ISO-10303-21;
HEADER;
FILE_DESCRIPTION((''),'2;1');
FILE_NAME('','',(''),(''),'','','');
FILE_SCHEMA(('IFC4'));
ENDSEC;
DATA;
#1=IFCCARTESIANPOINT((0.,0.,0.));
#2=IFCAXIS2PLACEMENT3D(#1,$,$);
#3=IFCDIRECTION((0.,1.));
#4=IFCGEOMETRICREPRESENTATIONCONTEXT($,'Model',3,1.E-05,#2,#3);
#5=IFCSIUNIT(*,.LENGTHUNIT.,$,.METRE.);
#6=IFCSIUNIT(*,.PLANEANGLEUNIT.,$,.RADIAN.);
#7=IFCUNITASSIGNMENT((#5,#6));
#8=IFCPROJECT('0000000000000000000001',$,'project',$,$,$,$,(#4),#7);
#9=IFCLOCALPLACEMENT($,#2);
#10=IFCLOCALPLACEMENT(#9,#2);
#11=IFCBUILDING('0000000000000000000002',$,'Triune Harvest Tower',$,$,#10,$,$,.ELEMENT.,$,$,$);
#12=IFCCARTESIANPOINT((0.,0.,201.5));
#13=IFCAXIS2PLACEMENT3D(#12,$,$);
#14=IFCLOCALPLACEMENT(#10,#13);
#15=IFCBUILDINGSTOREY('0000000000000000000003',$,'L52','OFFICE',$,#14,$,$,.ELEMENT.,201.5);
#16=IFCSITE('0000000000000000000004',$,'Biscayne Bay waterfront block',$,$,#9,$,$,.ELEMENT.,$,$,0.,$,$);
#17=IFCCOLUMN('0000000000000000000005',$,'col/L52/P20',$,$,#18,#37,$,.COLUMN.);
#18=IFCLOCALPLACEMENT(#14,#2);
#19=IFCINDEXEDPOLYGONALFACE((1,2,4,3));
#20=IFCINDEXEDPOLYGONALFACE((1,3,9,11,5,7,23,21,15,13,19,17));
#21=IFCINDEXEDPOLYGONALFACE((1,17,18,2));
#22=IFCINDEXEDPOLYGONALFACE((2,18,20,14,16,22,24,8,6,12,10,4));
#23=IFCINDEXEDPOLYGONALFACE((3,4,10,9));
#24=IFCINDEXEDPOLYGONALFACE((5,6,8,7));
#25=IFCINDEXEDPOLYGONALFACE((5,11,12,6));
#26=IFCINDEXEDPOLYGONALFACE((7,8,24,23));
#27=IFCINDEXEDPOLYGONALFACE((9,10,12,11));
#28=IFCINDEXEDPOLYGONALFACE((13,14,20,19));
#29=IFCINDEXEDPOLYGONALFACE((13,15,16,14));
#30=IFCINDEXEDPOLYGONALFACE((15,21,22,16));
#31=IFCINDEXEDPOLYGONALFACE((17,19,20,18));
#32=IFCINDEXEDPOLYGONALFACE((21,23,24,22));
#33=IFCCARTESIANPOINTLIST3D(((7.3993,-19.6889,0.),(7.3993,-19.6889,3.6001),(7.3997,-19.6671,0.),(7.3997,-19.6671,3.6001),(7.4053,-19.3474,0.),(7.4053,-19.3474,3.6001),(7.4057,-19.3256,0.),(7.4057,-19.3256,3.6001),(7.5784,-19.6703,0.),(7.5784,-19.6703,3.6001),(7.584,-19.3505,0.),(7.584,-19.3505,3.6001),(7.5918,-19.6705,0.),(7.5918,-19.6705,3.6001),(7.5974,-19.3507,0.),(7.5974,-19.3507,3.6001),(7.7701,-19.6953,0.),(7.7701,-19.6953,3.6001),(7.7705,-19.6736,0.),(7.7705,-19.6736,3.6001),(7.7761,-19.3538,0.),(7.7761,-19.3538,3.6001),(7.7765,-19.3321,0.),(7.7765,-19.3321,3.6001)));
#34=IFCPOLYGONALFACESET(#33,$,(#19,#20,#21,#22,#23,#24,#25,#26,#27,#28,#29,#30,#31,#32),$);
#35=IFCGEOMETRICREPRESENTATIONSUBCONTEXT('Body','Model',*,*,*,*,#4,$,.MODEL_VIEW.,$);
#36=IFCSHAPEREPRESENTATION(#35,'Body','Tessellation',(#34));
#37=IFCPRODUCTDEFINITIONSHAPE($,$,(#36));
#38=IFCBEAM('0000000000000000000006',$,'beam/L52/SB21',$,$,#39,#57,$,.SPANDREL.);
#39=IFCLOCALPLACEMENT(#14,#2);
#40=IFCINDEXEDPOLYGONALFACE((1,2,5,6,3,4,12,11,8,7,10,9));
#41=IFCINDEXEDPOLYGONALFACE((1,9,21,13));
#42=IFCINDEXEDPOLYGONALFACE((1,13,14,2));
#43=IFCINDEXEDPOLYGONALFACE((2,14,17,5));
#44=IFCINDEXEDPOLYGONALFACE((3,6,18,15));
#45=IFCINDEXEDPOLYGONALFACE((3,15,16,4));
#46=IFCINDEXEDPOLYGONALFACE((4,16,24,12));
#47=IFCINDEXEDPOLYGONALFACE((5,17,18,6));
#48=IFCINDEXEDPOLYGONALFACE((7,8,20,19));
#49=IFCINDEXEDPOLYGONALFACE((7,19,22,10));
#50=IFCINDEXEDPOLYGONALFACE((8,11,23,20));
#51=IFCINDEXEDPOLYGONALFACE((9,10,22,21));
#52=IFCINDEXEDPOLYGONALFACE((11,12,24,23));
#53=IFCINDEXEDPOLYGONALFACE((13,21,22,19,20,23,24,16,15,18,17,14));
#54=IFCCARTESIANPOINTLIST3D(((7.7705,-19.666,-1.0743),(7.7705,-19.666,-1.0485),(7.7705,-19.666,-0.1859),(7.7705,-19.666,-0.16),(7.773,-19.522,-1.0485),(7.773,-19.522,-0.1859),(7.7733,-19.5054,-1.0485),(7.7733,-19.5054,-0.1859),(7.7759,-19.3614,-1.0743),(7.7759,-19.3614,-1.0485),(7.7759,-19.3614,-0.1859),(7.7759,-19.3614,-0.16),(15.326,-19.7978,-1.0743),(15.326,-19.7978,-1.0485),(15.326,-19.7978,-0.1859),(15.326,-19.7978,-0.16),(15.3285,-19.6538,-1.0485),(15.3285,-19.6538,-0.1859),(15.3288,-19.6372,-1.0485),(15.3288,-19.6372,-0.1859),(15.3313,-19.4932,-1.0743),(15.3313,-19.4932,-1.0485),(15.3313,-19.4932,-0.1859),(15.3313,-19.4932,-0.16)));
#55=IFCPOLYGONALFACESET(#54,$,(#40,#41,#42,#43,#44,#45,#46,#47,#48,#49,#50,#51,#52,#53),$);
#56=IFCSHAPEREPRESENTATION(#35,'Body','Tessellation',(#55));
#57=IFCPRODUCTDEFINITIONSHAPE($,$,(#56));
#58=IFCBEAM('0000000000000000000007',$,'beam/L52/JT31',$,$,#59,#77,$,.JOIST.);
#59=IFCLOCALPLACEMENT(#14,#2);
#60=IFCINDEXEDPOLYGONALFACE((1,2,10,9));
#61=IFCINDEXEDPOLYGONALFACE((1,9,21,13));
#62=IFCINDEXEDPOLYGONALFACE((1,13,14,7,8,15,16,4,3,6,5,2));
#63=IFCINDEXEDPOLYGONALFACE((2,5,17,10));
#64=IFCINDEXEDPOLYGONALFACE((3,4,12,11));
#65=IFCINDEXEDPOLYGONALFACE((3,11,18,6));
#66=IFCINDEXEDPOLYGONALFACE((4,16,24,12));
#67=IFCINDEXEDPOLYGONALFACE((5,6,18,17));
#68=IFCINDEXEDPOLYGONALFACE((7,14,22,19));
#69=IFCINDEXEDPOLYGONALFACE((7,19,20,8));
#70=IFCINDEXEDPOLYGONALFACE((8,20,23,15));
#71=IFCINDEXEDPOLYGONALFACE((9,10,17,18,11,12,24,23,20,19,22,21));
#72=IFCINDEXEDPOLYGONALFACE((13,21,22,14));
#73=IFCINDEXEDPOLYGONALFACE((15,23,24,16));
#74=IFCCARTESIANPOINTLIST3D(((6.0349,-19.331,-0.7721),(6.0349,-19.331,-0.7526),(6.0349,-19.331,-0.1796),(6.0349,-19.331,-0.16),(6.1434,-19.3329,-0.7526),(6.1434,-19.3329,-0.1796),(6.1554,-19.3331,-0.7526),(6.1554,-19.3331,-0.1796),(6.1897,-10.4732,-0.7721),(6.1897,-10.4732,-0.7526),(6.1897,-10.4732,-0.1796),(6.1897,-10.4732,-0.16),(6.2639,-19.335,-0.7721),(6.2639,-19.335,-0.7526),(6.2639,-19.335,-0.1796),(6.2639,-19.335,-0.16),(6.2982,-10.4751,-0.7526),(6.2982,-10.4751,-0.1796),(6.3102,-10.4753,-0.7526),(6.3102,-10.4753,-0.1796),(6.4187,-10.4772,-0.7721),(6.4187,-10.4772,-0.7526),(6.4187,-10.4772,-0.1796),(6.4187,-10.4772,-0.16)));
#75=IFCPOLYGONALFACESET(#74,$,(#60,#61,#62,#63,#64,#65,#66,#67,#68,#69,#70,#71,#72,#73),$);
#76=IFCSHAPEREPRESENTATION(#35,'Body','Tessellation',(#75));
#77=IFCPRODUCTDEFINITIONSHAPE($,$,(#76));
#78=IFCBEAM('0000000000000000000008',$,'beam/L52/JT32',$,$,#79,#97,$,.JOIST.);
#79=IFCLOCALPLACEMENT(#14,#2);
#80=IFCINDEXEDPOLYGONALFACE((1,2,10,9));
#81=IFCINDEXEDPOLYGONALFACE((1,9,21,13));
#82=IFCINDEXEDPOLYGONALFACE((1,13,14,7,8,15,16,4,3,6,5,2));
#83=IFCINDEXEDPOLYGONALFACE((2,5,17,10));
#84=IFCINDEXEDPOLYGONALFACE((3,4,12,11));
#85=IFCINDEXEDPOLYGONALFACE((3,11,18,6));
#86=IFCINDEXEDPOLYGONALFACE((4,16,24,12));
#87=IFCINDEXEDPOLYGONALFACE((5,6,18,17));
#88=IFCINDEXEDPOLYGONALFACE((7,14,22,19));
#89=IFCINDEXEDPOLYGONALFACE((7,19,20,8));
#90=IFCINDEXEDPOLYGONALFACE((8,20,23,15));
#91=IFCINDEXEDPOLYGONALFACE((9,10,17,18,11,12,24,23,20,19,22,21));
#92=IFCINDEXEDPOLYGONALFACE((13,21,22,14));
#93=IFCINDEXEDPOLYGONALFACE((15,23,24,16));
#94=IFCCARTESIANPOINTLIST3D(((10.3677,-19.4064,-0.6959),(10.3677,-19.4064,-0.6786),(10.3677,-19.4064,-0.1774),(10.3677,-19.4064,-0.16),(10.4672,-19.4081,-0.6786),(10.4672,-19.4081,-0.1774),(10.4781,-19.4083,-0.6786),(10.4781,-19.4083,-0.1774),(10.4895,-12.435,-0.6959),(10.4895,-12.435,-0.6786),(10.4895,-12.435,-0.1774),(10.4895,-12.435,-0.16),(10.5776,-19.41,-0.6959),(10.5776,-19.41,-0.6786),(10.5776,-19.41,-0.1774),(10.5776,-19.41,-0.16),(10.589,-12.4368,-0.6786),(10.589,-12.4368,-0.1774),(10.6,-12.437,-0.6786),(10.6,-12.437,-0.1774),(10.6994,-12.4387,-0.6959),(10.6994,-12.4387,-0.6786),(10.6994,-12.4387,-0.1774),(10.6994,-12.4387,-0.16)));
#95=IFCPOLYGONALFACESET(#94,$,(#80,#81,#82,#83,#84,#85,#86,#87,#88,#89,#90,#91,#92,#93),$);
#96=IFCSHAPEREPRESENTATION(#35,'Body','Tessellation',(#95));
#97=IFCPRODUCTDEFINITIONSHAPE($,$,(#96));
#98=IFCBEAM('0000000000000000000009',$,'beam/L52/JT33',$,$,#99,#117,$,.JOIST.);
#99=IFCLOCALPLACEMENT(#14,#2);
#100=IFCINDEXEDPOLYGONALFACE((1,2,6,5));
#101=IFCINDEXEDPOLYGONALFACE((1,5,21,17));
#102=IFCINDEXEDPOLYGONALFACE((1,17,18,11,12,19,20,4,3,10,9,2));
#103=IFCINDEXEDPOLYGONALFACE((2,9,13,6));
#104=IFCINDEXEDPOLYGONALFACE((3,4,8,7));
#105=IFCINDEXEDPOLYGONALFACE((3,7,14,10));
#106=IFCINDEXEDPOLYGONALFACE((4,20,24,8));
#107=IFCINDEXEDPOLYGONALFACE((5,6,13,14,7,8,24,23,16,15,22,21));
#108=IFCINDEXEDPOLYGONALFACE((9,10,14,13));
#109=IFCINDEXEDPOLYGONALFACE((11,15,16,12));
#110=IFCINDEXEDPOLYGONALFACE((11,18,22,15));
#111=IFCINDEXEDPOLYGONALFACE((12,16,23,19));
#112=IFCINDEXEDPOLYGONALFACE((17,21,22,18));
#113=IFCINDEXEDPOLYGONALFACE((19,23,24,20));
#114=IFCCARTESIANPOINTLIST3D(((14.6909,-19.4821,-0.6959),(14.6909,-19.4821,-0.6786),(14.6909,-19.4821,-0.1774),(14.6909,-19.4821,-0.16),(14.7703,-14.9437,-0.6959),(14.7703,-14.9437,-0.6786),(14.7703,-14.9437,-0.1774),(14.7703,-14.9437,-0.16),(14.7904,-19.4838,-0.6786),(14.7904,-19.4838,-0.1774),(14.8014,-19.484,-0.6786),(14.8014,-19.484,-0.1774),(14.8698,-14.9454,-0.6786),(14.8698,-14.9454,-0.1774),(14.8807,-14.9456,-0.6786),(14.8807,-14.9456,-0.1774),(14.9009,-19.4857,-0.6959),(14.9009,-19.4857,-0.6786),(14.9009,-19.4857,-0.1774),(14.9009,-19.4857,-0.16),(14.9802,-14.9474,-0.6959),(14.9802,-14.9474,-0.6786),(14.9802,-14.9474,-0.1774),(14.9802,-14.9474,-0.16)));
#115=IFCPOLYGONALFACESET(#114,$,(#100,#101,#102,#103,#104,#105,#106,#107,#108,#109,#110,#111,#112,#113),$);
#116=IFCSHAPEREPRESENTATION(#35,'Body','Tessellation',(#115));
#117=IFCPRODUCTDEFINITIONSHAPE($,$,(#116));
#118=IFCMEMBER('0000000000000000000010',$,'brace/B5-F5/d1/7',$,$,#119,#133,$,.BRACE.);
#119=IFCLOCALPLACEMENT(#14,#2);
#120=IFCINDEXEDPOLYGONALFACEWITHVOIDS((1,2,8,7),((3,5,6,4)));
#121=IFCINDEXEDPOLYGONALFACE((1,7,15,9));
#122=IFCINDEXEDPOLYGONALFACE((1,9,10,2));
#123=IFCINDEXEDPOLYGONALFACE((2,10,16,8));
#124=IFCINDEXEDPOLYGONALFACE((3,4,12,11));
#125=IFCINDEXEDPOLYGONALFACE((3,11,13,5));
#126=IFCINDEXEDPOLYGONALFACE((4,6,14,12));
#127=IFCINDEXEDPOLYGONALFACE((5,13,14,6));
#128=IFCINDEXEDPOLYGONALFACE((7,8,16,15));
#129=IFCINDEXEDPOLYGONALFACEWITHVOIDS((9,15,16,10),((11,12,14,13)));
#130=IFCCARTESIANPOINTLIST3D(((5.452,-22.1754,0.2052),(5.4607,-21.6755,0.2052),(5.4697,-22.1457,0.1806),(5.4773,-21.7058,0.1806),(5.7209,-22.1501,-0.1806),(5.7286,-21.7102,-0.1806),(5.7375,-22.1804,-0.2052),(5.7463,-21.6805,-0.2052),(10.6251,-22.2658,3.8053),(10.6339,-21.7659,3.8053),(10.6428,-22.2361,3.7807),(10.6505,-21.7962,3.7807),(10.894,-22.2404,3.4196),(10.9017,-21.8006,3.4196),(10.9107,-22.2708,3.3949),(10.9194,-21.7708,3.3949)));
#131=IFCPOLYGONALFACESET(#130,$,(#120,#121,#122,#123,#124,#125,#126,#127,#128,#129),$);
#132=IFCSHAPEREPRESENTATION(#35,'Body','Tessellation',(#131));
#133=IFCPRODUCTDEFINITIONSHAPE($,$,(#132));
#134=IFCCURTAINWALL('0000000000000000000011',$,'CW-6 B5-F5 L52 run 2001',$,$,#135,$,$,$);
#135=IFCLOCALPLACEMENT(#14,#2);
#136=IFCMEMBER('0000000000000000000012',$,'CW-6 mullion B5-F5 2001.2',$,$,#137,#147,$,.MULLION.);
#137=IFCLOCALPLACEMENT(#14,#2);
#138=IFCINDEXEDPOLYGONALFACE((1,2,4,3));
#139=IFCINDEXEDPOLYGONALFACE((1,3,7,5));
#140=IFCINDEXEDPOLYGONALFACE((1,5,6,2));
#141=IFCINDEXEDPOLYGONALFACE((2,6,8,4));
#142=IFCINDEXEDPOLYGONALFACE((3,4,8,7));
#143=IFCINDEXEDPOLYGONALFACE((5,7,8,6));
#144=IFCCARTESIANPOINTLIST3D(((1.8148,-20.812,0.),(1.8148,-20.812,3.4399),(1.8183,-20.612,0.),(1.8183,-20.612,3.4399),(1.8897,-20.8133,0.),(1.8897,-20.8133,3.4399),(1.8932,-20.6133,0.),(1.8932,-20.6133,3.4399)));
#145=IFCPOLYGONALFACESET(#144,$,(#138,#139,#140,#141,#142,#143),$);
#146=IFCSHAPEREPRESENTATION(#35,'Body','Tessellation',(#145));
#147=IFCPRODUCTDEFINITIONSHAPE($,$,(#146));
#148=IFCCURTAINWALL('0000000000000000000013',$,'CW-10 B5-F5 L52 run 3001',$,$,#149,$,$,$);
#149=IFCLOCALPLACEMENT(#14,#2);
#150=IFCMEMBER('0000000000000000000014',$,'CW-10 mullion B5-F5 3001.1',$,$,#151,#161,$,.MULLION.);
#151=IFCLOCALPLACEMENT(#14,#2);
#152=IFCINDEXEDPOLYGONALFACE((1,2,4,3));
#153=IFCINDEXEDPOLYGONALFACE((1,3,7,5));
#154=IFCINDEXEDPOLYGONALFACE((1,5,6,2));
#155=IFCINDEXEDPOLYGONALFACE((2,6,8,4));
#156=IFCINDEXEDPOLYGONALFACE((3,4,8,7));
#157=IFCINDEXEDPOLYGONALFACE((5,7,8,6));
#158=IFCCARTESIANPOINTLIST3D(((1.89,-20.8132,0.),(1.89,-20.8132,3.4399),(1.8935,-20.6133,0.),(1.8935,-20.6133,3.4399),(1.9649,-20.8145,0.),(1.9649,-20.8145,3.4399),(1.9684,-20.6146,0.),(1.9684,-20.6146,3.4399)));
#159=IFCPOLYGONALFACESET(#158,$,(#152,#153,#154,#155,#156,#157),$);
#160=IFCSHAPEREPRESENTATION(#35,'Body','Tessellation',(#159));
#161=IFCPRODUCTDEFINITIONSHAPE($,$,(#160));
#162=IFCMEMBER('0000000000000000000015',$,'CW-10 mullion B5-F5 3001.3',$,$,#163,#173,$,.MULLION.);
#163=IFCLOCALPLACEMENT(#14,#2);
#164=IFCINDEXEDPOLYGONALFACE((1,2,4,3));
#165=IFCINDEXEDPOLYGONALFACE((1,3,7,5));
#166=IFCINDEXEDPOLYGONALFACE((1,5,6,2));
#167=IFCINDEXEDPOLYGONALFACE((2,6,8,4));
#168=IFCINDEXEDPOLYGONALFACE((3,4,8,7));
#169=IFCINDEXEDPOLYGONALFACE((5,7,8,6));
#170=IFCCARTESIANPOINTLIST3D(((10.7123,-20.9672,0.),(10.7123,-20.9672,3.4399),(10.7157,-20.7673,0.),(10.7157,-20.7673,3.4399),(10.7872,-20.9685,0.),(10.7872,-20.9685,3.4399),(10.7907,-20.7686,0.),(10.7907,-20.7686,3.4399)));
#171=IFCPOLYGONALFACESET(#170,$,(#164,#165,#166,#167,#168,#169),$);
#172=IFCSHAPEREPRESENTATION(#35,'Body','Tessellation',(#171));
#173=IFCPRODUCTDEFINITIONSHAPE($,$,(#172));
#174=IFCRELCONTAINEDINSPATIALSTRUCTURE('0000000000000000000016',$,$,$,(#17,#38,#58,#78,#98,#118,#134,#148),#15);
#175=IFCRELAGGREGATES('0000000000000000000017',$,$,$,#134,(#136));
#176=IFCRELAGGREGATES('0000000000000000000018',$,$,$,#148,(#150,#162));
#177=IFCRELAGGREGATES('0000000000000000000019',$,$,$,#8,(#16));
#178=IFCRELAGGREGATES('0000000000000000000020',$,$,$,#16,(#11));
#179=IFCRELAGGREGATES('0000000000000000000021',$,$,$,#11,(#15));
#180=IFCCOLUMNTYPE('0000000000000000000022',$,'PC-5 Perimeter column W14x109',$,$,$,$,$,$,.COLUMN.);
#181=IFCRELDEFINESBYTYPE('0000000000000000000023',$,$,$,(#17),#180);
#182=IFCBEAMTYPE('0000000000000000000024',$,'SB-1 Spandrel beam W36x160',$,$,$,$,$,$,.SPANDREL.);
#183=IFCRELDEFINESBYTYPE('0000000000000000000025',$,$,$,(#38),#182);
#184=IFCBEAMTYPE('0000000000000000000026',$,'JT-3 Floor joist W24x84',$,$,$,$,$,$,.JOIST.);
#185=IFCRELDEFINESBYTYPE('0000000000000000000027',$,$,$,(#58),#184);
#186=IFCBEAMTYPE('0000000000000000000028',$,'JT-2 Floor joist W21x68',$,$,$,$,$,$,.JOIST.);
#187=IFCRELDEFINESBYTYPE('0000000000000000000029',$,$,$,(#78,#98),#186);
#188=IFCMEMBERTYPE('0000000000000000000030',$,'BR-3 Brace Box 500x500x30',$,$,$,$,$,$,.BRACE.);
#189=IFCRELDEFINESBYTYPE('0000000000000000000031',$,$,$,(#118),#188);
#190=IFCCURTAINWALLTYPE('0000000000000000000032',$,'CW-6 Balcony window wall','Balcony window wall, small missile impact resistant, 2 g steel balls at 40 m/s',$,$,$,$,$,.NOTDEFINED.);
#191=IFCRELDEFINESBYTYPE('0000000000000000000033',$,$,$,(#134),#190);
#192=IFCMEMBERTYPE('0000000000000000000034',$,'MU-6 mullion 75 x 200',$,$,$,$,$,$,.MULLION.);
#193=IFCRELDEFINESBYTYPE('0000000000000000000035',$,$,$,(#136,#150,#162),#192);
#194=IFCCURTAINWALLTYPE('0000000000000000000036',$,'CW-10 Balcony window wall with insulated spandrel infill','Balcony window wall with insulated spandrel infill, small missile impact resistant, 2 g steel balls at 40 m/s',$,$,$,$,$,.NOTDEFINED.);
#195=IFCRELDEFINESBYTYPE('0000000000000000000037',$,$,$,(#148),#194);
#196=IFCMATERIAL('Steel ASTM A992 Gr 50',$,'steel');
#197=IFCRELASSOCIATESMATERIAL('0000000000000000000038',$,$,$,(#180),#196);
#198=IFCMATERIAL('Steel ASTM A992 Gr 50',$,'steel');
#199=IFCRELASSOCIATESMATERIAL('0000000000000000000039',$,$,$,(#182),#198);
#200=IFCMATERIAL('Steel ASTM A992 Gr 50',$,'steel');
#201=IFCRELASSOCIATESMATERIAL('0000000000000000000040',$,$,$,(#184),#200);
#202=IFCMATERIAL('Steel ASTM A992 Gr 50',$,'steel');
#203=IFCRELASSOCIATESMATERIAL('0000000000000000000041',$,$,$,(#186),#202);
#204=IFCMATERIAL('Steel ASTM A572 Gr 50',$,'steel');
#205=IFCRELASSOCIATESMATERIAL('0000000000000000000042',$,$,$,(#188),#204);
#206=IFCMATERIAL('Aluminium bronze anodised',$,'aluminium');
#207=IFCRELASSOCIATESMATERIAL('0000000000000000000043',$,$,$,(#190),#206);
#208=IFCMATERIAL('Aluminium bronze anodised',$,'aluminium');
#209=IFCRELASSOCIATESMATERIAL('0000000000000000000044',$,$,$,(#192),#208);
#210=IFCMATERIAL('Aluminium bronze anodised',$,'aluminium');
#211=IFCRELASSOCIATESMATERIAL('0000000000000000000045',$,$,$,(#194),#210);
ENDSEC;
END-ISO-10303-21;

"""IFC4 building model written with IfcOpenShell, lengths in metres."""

from ifc_helpers import new_model, si_unit, direction, frame, origin, origin_2d, place, context, subcontext, project, spatial, rectangle, hollow_rectangle, i_section, extrude, source, transform, mapped, material, material_profile, profile_set, type_object, element, aggregate, save


model = new_model("IFC4")

# Units and contexts
model_context = context("Model", 3, precision=1e-05, world=origin(), true_north=direction((0.0, 1.0)))
body_context = subcontext(model_context, "Body", "Model", "MODEL_VIEW")
ifc_project = project(units=[si_unit("LENGTHUNIT", "METRE"), si_unit("PLANEANGLEUNIT", "RADIAN")], contexts=[model_context])

# Site, building, storey
site_placement = place(None, origin())
site = spatial("IfcSite", under=ifc_project, at=site_placement, Name="Biscayne Bay waterfront block", CompositionType="ELEMENT", RefElevation=0.0)
building_placement = place(site_placement, origin())
building = spatial("IfcBuilding", under=site, at=building_placement, Name="Triune Harvest Tower", CompositionType="ELEMENT")
storey_placement = place(building_placement, frame((0.0, 0.0, 201.5)))
storey = spatial("IfcBuildingStorey", under=building, at=storey_placement, Name="L52", Description="OFFICE", CompositionType="ELEMENT", Elevation=201.5)

# Column
ifc_material_1 = material(Name="Steel ASTM A992 Gr 50", Category="steel")
ifc_material_profile_1 = material_profile(ifc_material_1, i_section(OverallWidth=0.3708, OverallDepth=0.3633, WebThickness=0.0134, FlangeThickness=0.0217, at=origin_2d()), Name="W14x109")
ifc_profile_set_1 = profile_set([ifc_material_profile_1], Name="Steel ASTM A992 Gr 50")
column_type = type_object("IfcColumnType", Name="PC-5 Perimeter column W14x109", PredefinedType="COLUMN", material=ifc_profile_set_1)
shared_shape_1 = source(origin(), body_context, "Body", "SweptSolid", [
    extrude(i_section(OverallWidth=0.3708, OverallDepth=0.3633, WebThickness=0.0134, FlangeThickness=0.0217, at=origin_2d()), origin(), (0.0, 0.0, 1.0), 3.6001),
])
column_placement = place(storey_placement, frame((7.5879, -19.5105, 0.0), z_axis=(0.0, 0.0, 1.0), x_axis=(0.999848, -0.017452, 0.0)))
element("IfcColumn", 1, at=column_placement, inside=storey, type_object=column_type, Name="col/L52/P20", PredefinedType="COLUMN", context=body_context, shape_type="MappedRepresentation", body=[
    mapped(shared_shape_1, transform((0.0, 0.0, 0.0), scale=1.0)),
])

# Beams
ifc_material_2 = material(Name="Steel ASTM A992 Gr 50", Category="steel")
ifc_material_profile_2 = material_profile(ifc_material_2, i_section(OverallWidth=0.3047, OverallDepth=0.9143, WebThickness=0.0166, FlangeThickness=0.0259, at=origin_2d()), Name="W36x160")
ifc_profile_set_2 = profile_set([ifc_material_profile_2], Name="Steel ASTM A992 Gr 50")
beam_type_1 = type_object("IfcBeamType", Name="SB-1 Spandrel beam W36x160", PredefinedType="SPANDREL", material=ifc_profile_set_2)
shared_shape_2 = source(origin(), body_context, "Body", "SweptSolid", [
    extrude(i_section(OverallWidth=0.3047, OverallDepth=0.9143, WebThickness=0.0166, FlangeThickness=0.0259, at=origin_2d()), origin(), (0.0, 0.0, 1.0), 7.5566),
])
beam_1_placement = place(storey_placement, frame((7.7732, -19.5137, -0.6172), z_axis=(0.999848, -0.017447, 0.0), x_axis=(0.017447, 0.999848, 0.0)))
element("IfcBeam", 2, at=beam_1_placement, inside=storey, type_object=beam_type_1, Name="beam/L52/SB21", PredefinedType="SPANDREL", context=body_context, shape_type="MappedRepresentation", body=[
    mapped(shared_shape_2, transform((0.0, 0.0, 0.0), scale=1.0)),
])
ifc_material_3 = material(Name="Steel ASTM A992 Gr 50", Category="steel")
ifc_material_profile_3 = material_profile(ifc_material_3, i_section(OverallWidth=0.229, OverallDepth=0.6121, WebThickness=0.012, FlangeThickness=0.0195, at=origin_2d()), Name="W24x84")
ifc_profile_set_3 = profile_set([ifc_material_profile_3], Name="Steel ASTM A992 Gr 50")
beam_type_2 = type_object("IfcBeamType", Name="JT-3 Floor joist W24x84", PredefinedType="JOIST", material=ifc_profile_set_3)
shared_shape_3 = source(origin(), body_context, "Body", "SweptSolid", [
    extrude(i_section(OverallWidth=0.229, OverallDepth=0.6121, WebThickness=0.012, FlangeThickness=0.0195, at=origin_2d()), origin(), (0.0, 0.0, 1.0), 8.8591),
])
beam_2_placement = place(storey_placement, frame((6.1494, -19.333, -0.4661), z_axis=(0.017472, 0.999847, 0.0), x_axis=(-0.999847, 0.017472, 0.0)))
element("IfcBeam", 3, at=beam_2_placement, inside=storey, type_object=beam_type_2, Name="beam/L52/JT31", PredefinedType="JOIST", context=body_context, shape_type="MappedRepresentation", body=[
    mapped(shared_shape_3, transform((0.0, 0.0, 0.0), scale=1.0)),
])
ifc_material_4 = material(Name="Steel ASTM A992 Gr 50", Category="steel")
ifc_material_profile_4 = material_profile(ifc_material_4, i_section(OverallWidth=0.21, OverallDepth=0.5359, WebThickness=0.011, FlangeThickness=0.0173, at=origin_2d()), Name="W21x68")
ifc_profile_set_4 = profile_set([ifc_material_profile_4], Name="Steel ASTM A992 Gr 50")
beam_type_3 = type_object("IfcBeamType", Name="JT-2 Floor joist W21x68", PredefinedType="JOIST", material=ifc_profile_set_4)
shared_shape_4 = source(origin(), body_context, "Body", "SweptSolid", [
    extrude(i_section(OverallWidth=0.21, OverallDepth=0.5359, WebThickness=0.011, FlangeThickness=0.0173, at=origin_2d()), origin(), (0.0, 0.0, 1.0), 6.9724),
])
beam_3_placement = place(storey_placement, frame((10.4727, -19.4082, -0.428), z_axis=(0.017472, 0.999847, 0.0), x_axis=(-0.999847, 0.017472, 0.0)))
element("IfcBeam", 4, at=beam_3_placement, inside=storey, type_object=beam_type_3, Name="beam/L52/JT32", PredefinedType="JOIST", context=body_context, shape_type="MappedRepresentation", body=[
    mapped(shared_shape_4, transform((0.0, 0.0, 0.0), scale=1.0)),
])
shared_shape_5 = source(origin(), body_context, "Body", "SweptSolid", [
    extrude(i_section(OverallWidth=0.21, OverallDepth=0.5359, WebThickness=0.011, FlangeThickness=0.0173, at=origin_2d()), origin(), (0.0, 0.0, 1.0), 4.5391),
])
beam_4_placement = place(storey_placement, frame((14.7959, -19.4839, -0.428), z_axis=(0.017481, 0.999847, 0.0), x_axis=(-0.999847, 0.017481, 0.0)))
element("IfcBeam", 5, at=beam_4_placement, inside=storey, type_object=beam_type_3, Name="beam/L52/JT33", PredefinedType="JOIST", context=body_context, shape_type="MappedRepresentation", body=[
    mapped(shared_shape_5, transform((0.0, 0.0, 0.0), scale=1.0)),
])

# Member
ifc_material_5 = material(Name="Steel ASTM A572 Gr 50", Category="steel")
ifc_material_profile_5 = material_profile(ifc_material_5, hollow_rectangle(XDim=0.5, YDim=0.5, WallThickness=0.03, at=origin_2d()), Name="Box 500x500x30")
ifc_profile_set_5 = profile_set([ifc_material_profile_5], Name="Steel ASTM A572 Gr 50")
member_type_1 = type_object("IfcMemberType", Name="BR-3 Brace Box 500x500x30", PredefinedType="BRACE", material=ifc_profile_set_5)
shared_shape_6 = source(origin(), body_context, "Body", "SweptSolid", [
    extrude(hollow_rectangle(XDim=0.5, YDim=0.5, WallThickness=0.03, at=origin_2d()), origin(), (0.0, 0.0, 1.0), 6.3032),
])
member_1_placement = place(storey_placement, frame((5.5991, -21.928, 0.0), z_axis=(0.820715, -0.014331, 0.571158), x_axis=(0.017459, 0.999848, 0.0)))
element("IfcMember", 6, at=member_1_placement, inside=storey, type_object=member_type_1, Name="brace/B5-F5/d1/7", PredefinedType="BRACE", context=body_context, shape_type="MappedRepresentation", body=[
    mapped(shared_shape_6, transform((0.0, 0.0, 0.0), scale=1.0)),
])

# Curtain wall, member
ifc_material_6 = material(Name="Aluminium bronze anodised", Category="aluminium")
curtain_wall_type_1 = type_object("IfcCurtainWallType", Name="CW-6 Balcony window wall", Description="Balcony window wall, small missile impact resistant, 2 g steel balls at 40 m/s", PredefinedType="NOTDEFINED", material=ifc_material_6)
curtain_wall_1_placement = place(storey_placement, origin())
curtain_wall_1 = element("IfcCurtainWall", 7, at=curtain_wall_1_placement, inside=storey, type_object=curtain_wall_type_1, Name="CW-6 B5-F5 L52 run 2001")
ifc_material_7 = material(Name="Aluminium bronze anodised", Category="aluminium")
ifc_material_profile_6 = material_profile(ifc_material_7, rectangle(XDim=0.2, YDim=0.075, at=origin_2d()), Name="MU-6 mullion 75 x 200")
ifc_profile_set_6 = profile_set([ifc_material_profile_6], Name="Aluminium bronze anodised")
member_type_2 = type_object("IfcMemberType", Name="MU-6 mullion 75 x 200", PredefinedType="MULLION", material=ifc_profile_set_6)
shared_shape_7 = source(origin(), body_context, "Body", "SweptSolid", [
    extrude(rectangle(XDim=0.2, YDim=0.075, at=origin_2d()), origin(), (0.0, 0.0, 1.0), 3.4399),
])
member_2_placement = place(storey_placement, frame((1.854, -20.7126, 0.0), z_axis=(0.0, 0.0, 1.0), x_axis=(0.017463, 0.999848, 0.0)))
member_2 = element("IfcMember", 8, at=member_2_placement, type_object=member_type_2, Name="CW-6 mullion B5-F5 2001.2", PredefinedType="MULLION", context=body_context, shape_type="MappedRepresentation", body=[
    mapped(shared_shape_7, transform((0.0, 0.0, 0.0), scale=1.0)),
])
aggregate(curtain_wall_1, [member_2])

# Curtain wall, members
ifc_material_8 = material(Name="Aluminium bronze anodised", Category="aluminium")
curtain_wall_type_2 = type_object("IfcCurtainWallType", Name="CW-10 Balcony window wall with insulated spandrel infill", Description="Balcony window wall with insulated spandrel infill, small missile impact resistant, 2 g steel balls at 40 m/s", PredefinedType="NOTDEFINED", material=ifc_material_8)
curtain_wall_2_placement = place(storey_placement, origin())
curtain_wall_2 = element("IfcCurtainWall", 9, at=curtain_wall_2_placement, inside=storey, type_object=curtain_wall_type_2, Name="CW-10 B5-F5 L52 run 3001")
member_3_placement = place(storey_placement, frame((1.9292, -20.7139, 0.0), z_axis=(0.0, 0.0, 1.0), x_axis=(0.017448, 0.999848, 0.0)))
member_3 = element("IfcMember", 10, at=member_3_placement, type_object=member_type_2, Name="CW-10 mullion B5-F5 3001.1", PredefinedType="MULLION", context=body_context, shape_type="MappedRepresentation", body=[
    mapped(shared_shape_7, transform((0.0, 0.0, 0.0), scale=1.0)),
])
member_4_placement = place(storey_placement, frame((10.7515, -20.8679, 0.0), z_axis=(0.0, 0.0, 1.0), x_axis=(0.017448, 0.999848, 0.0)))
member_4 = element("IfcMember", 11, at=member_4_placement, type_object=member_type_2, Name="CW-10 mullion B5-F5 3001.3", PredefinedType="MULLION", context=body_context, shape_type="MappedRepresentation", body=[
    mapped(shared_shape_7, transform((0.0, 0.0, 0.0), scale=1.0)),
])

aggregate(curtain_wall_2, [member_3, member_4])

save(model, "model.ifc")
